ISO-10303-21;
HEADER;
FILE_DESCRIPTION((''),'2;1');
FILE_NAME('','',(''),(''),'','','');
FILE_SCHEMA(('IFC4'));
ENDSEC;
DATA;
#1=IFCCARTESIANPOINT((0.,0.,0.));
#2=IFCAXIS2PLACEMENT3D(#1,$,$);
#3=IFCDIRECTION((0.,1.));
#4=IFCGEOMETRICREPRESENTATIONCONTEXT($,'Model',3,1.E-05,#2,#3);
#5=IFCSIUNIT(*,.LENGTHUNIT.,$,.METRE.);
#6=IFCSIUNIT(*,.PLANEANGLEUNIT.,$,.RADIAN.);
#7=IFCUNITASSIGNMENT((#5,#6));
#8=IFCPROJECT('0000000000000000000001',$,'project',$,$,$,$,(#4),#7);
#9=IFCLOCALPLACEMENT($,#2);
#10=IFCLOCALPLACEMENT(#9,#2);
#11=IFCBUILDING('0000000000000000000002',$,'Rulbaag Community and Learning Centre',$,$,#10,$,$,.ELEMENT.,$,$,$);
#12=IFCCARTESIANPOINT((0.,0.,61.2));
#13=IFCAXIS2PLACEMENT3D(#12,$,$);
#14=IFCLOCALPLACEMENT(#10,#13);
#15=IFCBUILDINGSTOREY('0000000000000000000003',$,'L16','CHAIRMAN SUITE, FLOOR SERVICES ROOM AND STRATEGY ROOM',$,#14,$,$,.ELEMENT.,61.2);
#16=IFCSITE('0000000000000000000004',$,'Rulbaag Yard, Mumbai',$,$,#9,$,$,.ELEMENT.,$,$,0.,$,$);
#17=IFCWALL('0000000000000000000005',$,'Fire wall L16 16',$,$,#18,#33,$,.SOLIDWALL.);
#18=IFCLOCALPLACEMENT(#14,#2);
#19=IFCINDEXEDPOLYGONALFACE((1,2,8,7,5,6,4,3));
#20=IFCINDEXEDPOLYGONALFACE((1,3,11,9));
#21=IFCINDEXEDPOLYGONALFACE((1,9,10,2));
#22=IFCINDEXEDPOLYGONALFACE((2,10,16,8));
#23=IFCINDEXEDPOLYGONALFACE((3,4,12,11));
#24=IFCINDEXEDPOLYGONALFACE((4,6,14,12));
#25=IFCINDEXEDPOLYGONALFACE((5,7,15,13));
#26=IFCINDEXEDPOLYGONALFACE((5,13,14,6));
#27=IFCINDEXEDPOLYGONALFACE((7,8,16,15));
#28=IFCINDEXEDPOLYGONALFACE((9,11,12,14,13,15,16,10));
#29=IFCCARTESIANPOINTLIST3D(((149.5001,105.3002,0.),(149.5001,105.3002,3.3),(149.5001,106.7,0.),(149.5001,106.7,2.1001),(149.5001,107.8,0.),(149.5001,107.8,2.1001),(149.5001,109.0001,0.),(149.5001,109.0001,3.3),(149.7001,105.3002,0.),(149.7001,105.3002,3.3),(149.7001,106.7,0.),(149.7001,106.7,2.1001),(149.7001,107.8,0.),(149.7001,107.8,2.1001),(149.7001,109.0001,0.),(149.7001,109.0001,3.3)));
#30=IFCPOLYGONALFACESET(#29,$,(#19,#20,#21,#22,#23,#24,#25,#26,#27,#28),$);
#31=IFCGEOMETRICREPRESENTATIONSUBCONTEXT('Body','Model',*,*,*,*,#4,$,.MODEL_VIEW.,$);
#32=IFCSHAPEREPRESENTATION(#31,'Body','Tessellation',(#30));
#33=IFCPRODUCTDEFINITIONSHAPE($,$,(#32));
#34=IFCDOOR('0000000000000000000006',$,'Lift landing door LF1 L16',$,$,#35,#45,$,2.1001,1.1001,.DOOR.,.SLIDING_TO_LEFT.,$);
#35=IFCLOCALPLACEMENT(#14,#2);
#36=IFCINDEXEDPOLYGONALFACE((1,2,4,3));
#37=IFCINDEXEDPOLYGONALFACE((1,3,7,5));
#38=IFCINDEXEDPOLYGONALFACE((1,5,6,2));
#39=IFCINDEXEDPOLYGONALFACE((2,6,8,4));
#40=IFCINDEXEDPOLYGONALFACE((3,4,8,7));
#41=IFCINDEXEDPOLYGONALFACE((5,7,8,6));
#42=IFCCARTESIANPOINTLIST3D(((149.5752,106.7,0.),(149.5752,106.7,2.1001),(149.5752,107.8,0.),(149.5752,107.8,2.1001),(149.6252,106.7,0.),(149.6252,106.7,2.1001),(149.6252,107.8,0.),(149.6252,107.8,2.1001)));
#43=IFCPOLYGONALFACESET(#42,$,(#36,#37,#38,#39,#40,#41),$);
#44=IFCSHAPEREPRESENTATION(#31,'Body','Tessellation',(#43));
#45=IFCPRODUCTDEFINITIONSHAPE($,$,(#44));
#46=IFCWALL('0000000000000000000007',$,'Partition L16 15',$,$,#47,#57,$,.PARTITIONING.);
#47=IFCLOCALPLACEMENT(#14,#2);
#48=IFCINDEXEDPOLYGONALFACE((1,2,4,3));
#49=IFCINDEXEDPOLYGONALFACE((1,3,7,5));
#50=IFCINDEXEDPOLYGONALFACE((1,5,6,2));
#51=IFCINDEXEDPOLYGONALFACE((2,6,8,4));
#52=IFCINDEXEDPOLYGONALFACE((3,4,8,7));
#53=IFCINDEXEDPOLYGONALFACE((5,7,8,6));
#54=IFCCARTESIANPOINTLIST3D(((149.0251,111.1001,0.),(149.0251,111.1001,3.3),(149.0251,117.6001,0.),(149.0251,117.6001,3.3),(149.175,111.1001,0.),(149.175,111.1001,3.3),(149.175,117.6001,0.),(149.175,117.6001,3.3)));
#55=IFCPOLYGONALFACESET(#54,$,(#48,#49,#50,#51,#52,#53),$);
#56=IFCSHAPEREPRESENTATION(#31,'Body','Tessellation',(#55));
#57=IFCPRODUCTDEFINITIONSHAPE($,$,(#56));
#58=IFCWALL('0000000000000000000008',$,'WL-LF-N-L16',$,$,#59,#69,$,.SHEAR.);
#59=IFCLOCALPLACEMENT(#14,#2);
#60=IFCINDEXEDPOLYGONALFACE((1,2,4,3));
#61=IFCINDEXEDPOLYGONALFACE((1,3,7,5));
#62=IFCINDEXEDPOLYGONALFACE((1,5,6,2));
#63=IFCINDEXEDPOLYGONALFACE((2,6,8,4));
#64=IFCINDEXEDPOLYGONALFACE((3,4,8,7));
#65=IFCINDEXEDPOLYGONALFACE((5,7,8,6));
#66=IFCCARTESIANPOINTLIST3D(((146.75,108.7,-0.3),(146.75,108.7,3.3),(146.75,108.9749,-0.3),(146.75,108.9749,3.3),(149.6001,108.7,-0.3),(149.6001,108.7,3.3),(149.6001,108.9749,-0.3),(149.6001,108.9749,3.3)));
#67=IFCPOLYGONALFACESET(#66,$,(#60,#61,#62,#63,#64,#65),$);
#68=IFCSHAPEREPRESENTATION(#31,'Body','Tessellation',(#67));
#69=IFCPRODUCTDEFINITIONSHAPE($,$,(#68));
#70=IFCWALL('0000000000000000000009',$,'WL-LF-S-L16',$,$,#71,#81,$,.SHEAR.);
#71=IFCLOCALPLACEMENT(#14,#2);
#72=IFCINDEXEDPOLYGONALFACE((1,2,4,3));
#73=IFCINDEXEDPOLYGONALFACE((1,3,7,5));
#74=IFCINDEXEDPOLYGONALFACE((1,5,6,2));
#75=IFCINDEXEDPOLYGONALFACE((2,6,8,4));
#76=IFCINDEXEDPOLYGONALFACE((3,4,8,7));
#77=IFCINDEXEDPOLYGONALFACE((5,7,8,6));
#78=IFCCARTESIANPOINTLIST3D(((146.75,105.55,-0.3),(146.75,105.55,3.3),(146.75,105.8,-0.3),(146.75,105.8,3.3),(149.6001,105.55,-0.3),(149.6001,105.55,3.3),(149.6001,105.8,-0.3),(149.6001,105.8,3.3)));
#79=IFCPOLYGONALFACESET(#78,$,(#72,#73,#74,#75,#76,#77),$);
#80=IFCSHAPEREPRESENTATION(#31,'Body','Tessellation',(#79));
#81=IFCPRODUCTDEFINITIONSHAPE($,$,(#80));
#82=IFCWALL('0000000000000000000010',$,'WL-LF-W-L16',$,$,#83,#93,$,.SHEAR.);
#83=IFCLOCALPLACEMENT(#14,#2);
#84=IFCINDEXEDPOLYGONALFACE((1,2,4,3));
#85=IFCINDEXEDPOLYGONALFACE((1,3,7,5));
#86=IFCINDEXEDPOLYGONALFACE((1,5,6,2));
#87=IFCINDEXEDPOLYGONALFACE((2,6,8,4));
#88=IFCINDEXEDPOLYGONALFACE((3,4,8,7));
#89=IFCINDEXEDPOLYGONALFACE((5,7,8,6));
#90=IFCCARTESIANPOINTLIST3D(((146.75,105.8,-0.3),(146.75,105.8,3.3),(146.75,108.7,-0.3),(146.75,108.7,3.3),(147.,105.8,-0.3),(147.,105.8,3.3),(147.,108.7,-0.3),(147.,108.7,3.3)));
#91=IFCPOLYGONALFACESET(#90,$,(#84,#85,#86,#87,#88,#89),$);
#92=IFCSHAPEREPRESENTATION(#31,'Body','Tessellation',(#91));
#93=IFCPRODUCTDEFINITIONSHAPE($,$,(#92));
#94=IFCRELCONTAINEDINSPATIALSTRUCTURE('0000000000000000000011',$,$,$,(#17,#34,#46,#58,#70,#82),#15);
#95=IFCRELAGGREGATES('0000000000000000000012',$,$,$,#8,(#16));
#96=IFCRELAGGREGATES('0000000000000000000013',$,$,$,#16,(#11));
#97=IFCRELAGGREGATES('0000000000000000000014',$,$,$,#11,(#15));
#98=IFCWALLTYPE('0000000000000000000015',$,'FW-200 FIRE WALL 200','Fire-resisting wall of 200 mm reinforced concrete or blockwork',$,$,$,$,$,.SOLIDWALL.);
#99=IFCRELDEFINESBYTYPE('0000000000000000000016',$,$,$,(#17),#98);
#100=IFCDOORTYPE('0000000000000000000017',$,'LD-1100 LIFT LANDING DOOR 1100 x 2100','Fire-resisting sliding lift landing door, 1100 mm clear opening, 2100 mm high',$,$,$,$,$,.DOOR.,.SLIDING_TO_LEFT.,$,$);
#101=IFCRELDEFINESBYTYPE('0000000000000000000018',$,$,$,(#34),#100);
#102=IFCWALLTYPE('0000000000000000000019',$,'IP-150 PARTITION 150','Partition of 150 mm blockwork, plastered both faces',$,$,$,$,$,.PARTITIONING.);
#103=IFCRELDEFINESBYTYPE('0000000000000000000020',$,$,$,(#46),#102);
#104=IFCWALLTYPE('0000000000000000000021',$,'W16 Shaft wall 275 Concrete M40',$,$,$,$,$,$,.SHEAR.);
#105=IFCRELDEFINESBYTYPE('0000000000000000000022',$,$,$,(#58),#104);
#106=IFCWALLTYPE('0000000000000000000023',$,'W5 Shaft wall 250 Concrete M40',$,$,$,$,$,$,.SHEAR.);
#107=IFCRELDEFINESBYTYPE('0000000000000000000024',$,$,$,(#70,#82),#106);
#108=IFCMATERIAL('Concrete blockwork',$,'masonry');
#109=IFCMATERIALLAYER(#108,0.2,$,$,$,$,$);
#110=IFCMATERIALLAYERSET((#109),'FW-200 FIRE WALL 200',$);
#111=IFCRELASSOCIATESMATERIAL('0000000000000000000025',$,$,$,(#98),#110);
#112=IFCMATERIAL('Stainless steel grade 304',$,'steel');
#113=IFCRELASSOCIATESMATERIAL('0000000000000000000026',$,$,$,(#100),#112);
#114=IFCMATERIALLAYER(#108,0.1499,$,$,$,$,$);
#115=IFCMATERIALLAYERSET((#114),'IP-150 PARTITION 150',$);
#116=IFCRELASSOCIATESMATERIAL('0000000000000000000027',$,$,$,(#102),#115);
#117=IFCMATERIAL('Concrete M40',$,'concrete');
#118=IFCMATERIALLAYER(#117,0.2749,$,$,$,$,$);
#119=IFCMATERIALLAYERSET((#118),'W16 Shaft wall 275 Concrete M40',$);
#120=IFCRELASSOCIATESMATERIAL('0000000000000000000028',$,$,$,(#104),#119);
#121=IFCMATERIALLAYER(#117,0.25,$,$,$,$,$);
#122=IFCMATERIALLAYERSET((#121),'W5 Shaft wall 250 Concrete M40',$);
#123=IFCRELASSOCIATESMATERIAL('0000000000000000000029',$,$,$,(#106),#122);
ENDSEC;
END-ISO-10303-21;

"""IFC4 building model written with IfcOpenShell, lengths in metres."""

from ifc_helpers import new_model, si_unit, direction, frame, frame_2d, origin, place, context, subcontext, project, spatial, rectangle, extrude, material, layer, layer_set, type_object, element, fill, save


model = new_model("IFC4")

# Units and contexts
model_context = context("Model", 3, precision=1e-05, world=origin(), true_north=direction((0.0, 1.0)))
body_context = subcontext(model_context, "Body", "Model", "MODEL_VIEW")
ifc_project = project(units=[si_unit("LENGTHUNIT", "METRE"), si_unit("PLANEANGLEUNIT", "RADIAN")], contexts=[model_context])

# Site, building, storey
site_placement = place(None, origin())
site = spatial("IfcSite", under=ifc_project, at=site_placement, Name="Rulbaag Yard, Mumbai", CompositionType="ELEMENT", RefElevation=0.0)
building_placement = place(site_placement, origin())
building = spatial("IfcBuilding", under=site, at=building_placement, Name="Rulbaag Community and Learning Centre", CompositionType="ELEMENT")
storey_placement = place(building_placement, frame((0.0, 0.0, 61.2)))
storey = spatial("IfcBuildingStorey", under=building, at=storey_placement, Name="L16", Description="CHAIRMAN SUITE, FLOOR SERVICES ROOM AND STRATEGY ROOM", CompositionType="ELEMENT", Elevation=61.2)

# Shared definitions
ifc_material_1 = material(Name="Concrete M40", Category="concrete")

# Shared definitions
ifc_material_2 = material(Name="Concrete blockwork", Category="masonry")
ifc_layer_1 = layer(ifc_material_2, 0.2)
ifc_layer_set_1 = layer_set([ifc_layer_1], Name="FW-200 FIRE WALL 200")
wall_type_1 = type_object("IfcWallType", Name="FW-200 FIRE WALL 200", Description="Fire-resisting wall of 200 mm reinforced concrete or blockwork", PredefinedType="SOLIDWALL", material=ifc_layer_set_1)

# Wall, opening, door
wall_1_placement = place(storey_placement, frame((149.6001, 105.3, 0.0), z_axis=(0.0, 0.0, 1.0), x_axis=(0.0, 1.0, 0.0)))
wall_1 = element("IfcWall", 1, at=wall_1_placement, inside=storey, type_object=wall_type_1, Name="Fire wall L16 16", PredefinedType="SOLIDWALL", context=body_context, shape_type="SweptSolid", body=[
    extrude(rectangle(XDim=3.7, YDim=0.2, at=frame_2d((1.8501, 0.0))), origin(), (0.0, 0.0, 1.0), 3.3),
])
opening_placement = place(wall_1_placement, frame((1.3999, 0.0, 0.0)))
opening = element("IfcOpeningElement", 2, at=opening_placement, cuts=wall_1, PredefinedType="OPENING", context=body_context, shape_type="SweptSolid", body=[
    extrude(rectangle(XDim=1.1001, YDim=2.1001, at=frame_2d((0.55, 1.05))), frame((0.0, 0.1099, 0.0), z_axis=(0.0, -1.0, 0.0), x_axis=(1.0, 0.0, 0.0)), (0.0, 0.0, 1.0), 0.22),
])
ifc_material_3 = material(Name="Stainless steel grade 304", Category="steel")
door_type = type_object("IfcDoorType", Name="LD-1100 LIFT LANDING DOOR 1100 x 2100", Description="Fire-resisting sliding lift landing door, 1100 mm clear opening, 2100 mm high", OperationType="SLIDING_TO_LEFT", PredefinedType="DOOR", material=ifc_material_3)
door_placement = place(opening_placement, origin())
door = element("IfcDoor", 3, at=door_placement, inside=storey, type_object=door_type, Name="Lift landing door LF1 L16", OperationType="SLIDING_TO_LEFT", OverallHeight=2.1001, OverallWidth=1.1001, PredefinedType="DOOR", context=body_context, shape_type="SweptSolid", body=[
    extrude(rectangle(XDim=1.1001, YDim=2.1001, at=frame_2d((0.55, 1.05))), frame((0.0, 0.0249, 0.0), z_axis=(0.0, -1.0, 0.0), x_axis=(1.0, 0.0, 0.0)), (0.0, 0.0, 1.0), 0.05),
])
fill(opening, door)

# Walls
ifc_layer_2 = layer(ifc_material_2, 0.1499)
ifc_layer_set_2 = layer_set([ifc_layer_2], Name="IP-150 PARTITION 150")
wall_type_2 = type_object("IfcWallType", Name="IP-150 PARTITION 150", Description="Partition of 150 mm blockwork, plastered both faces", PredefinedType="PARTITIONING", material=ifc_layer_set_2)
wall_2_placement = place(storey_placement, frame((149.1001, 111.1001, 0.0), z_axis=(0.0, 0.0, 1.0), x_axis=(0.0, 1.0, 0.0)))
element("IfcWall", 4, at=wall_2_placement, inside=storey, type_object=wall_type_2, Name="Partition L16 15", PredefinedType="PARTITIONING", context=body_context, shape_type="SweptSolid", body=[
    extrude(rectangle(XDim=6.5, YDim=0.1499, at=frame_2d((3.25, 0.0))), origin(), (0.0, 0.0, 1.0), 3.3),
])
ifc_layer_3 = layer(ifc_material_1, 0.2749)
ifc_layer_set_3 = layer_set([ifc_layer_3], Name="W16 Shaft wall 275 Concrete M40")
wall_type_3 = type_object("IfcWallType", Name="W16 Shaft wall 275 Concrete M40", PredefinedType="SHEAR", material=ifc_layer_set_3)
wall_3_placement = place(storey_placement, frame((146.75, 108.8374, -0.3), z_axis=(0.0, 0.0, 1.0), x_axis=(1.0, 0.0, 0.0)))
element("IfcWall", 5, at=wall_3_placement, inside=storey, type_object=wall_type_3, Name="WL-LF-N-L16", PredefinedType="SHEAR", context=body_context, shape_type="SweptSolid", body=[
    extrude(rectangle(XDim=2.8501, YDim=0.2749, at=frame_2d((1.425, 0.0))), origin(), (0.0, 0.0, 1.0), 3.6001),
])
ifc_layer_4 = layer(ifc_material_1, 0.25)
ifc_layer_set_4 = layer_set([ifc_layer_4], Name="W5 Shaft wall 250 Concrete M40")
wall_type_4 = type_object("IfcWallType", Name="W5 Shaft wall 250 Concrete M40", PredefinedType="SHEAR", material=ifc_layer_set_4)
wall_4_placement = place(storey_placement, frame((146.75, 105.675, -0.3), z_axis=(0.0, 0.0, 1.0), x_axis=(1.0, 0.0, 0.0)))
element("IfcWall", 6, at=wall_4_placement, inside=storey, type_object=wall_type_4, Name="WL-LF-S-L16", PredefinedType="SHEAR", context=body_context, shape_type="SweptSolid", body=[
    extrude(rectangle(XDim=2.8501, YDim=0.25, at=frame_2d((1.425, 0.0))), origin(), (0.0, 0.0, 1.0), 3.6001),
])
wall_5_placement = place(storey_placement, frame((146.875, 105.8, -0.3), z_axis=(0.0, 0.0, 1.0), x_axis=(0.0, 1.0, 0.0)))
element("IfcWall", 7, at=wall_5_placement, inside=storey, type_object=wall_type_4, Name="WL-LF-W-L16", PredefinedType="SHEAR", context=body_context, shape_type="SweptSolid", body=[
    extrude(rectangle(XDim=2.8999, YDim=0.25, at=frame_2d((1.45, 0.0))), origin(), (0.0, 0.0, 1.0), 3.6001),
])

save(model, "model.ifc")
